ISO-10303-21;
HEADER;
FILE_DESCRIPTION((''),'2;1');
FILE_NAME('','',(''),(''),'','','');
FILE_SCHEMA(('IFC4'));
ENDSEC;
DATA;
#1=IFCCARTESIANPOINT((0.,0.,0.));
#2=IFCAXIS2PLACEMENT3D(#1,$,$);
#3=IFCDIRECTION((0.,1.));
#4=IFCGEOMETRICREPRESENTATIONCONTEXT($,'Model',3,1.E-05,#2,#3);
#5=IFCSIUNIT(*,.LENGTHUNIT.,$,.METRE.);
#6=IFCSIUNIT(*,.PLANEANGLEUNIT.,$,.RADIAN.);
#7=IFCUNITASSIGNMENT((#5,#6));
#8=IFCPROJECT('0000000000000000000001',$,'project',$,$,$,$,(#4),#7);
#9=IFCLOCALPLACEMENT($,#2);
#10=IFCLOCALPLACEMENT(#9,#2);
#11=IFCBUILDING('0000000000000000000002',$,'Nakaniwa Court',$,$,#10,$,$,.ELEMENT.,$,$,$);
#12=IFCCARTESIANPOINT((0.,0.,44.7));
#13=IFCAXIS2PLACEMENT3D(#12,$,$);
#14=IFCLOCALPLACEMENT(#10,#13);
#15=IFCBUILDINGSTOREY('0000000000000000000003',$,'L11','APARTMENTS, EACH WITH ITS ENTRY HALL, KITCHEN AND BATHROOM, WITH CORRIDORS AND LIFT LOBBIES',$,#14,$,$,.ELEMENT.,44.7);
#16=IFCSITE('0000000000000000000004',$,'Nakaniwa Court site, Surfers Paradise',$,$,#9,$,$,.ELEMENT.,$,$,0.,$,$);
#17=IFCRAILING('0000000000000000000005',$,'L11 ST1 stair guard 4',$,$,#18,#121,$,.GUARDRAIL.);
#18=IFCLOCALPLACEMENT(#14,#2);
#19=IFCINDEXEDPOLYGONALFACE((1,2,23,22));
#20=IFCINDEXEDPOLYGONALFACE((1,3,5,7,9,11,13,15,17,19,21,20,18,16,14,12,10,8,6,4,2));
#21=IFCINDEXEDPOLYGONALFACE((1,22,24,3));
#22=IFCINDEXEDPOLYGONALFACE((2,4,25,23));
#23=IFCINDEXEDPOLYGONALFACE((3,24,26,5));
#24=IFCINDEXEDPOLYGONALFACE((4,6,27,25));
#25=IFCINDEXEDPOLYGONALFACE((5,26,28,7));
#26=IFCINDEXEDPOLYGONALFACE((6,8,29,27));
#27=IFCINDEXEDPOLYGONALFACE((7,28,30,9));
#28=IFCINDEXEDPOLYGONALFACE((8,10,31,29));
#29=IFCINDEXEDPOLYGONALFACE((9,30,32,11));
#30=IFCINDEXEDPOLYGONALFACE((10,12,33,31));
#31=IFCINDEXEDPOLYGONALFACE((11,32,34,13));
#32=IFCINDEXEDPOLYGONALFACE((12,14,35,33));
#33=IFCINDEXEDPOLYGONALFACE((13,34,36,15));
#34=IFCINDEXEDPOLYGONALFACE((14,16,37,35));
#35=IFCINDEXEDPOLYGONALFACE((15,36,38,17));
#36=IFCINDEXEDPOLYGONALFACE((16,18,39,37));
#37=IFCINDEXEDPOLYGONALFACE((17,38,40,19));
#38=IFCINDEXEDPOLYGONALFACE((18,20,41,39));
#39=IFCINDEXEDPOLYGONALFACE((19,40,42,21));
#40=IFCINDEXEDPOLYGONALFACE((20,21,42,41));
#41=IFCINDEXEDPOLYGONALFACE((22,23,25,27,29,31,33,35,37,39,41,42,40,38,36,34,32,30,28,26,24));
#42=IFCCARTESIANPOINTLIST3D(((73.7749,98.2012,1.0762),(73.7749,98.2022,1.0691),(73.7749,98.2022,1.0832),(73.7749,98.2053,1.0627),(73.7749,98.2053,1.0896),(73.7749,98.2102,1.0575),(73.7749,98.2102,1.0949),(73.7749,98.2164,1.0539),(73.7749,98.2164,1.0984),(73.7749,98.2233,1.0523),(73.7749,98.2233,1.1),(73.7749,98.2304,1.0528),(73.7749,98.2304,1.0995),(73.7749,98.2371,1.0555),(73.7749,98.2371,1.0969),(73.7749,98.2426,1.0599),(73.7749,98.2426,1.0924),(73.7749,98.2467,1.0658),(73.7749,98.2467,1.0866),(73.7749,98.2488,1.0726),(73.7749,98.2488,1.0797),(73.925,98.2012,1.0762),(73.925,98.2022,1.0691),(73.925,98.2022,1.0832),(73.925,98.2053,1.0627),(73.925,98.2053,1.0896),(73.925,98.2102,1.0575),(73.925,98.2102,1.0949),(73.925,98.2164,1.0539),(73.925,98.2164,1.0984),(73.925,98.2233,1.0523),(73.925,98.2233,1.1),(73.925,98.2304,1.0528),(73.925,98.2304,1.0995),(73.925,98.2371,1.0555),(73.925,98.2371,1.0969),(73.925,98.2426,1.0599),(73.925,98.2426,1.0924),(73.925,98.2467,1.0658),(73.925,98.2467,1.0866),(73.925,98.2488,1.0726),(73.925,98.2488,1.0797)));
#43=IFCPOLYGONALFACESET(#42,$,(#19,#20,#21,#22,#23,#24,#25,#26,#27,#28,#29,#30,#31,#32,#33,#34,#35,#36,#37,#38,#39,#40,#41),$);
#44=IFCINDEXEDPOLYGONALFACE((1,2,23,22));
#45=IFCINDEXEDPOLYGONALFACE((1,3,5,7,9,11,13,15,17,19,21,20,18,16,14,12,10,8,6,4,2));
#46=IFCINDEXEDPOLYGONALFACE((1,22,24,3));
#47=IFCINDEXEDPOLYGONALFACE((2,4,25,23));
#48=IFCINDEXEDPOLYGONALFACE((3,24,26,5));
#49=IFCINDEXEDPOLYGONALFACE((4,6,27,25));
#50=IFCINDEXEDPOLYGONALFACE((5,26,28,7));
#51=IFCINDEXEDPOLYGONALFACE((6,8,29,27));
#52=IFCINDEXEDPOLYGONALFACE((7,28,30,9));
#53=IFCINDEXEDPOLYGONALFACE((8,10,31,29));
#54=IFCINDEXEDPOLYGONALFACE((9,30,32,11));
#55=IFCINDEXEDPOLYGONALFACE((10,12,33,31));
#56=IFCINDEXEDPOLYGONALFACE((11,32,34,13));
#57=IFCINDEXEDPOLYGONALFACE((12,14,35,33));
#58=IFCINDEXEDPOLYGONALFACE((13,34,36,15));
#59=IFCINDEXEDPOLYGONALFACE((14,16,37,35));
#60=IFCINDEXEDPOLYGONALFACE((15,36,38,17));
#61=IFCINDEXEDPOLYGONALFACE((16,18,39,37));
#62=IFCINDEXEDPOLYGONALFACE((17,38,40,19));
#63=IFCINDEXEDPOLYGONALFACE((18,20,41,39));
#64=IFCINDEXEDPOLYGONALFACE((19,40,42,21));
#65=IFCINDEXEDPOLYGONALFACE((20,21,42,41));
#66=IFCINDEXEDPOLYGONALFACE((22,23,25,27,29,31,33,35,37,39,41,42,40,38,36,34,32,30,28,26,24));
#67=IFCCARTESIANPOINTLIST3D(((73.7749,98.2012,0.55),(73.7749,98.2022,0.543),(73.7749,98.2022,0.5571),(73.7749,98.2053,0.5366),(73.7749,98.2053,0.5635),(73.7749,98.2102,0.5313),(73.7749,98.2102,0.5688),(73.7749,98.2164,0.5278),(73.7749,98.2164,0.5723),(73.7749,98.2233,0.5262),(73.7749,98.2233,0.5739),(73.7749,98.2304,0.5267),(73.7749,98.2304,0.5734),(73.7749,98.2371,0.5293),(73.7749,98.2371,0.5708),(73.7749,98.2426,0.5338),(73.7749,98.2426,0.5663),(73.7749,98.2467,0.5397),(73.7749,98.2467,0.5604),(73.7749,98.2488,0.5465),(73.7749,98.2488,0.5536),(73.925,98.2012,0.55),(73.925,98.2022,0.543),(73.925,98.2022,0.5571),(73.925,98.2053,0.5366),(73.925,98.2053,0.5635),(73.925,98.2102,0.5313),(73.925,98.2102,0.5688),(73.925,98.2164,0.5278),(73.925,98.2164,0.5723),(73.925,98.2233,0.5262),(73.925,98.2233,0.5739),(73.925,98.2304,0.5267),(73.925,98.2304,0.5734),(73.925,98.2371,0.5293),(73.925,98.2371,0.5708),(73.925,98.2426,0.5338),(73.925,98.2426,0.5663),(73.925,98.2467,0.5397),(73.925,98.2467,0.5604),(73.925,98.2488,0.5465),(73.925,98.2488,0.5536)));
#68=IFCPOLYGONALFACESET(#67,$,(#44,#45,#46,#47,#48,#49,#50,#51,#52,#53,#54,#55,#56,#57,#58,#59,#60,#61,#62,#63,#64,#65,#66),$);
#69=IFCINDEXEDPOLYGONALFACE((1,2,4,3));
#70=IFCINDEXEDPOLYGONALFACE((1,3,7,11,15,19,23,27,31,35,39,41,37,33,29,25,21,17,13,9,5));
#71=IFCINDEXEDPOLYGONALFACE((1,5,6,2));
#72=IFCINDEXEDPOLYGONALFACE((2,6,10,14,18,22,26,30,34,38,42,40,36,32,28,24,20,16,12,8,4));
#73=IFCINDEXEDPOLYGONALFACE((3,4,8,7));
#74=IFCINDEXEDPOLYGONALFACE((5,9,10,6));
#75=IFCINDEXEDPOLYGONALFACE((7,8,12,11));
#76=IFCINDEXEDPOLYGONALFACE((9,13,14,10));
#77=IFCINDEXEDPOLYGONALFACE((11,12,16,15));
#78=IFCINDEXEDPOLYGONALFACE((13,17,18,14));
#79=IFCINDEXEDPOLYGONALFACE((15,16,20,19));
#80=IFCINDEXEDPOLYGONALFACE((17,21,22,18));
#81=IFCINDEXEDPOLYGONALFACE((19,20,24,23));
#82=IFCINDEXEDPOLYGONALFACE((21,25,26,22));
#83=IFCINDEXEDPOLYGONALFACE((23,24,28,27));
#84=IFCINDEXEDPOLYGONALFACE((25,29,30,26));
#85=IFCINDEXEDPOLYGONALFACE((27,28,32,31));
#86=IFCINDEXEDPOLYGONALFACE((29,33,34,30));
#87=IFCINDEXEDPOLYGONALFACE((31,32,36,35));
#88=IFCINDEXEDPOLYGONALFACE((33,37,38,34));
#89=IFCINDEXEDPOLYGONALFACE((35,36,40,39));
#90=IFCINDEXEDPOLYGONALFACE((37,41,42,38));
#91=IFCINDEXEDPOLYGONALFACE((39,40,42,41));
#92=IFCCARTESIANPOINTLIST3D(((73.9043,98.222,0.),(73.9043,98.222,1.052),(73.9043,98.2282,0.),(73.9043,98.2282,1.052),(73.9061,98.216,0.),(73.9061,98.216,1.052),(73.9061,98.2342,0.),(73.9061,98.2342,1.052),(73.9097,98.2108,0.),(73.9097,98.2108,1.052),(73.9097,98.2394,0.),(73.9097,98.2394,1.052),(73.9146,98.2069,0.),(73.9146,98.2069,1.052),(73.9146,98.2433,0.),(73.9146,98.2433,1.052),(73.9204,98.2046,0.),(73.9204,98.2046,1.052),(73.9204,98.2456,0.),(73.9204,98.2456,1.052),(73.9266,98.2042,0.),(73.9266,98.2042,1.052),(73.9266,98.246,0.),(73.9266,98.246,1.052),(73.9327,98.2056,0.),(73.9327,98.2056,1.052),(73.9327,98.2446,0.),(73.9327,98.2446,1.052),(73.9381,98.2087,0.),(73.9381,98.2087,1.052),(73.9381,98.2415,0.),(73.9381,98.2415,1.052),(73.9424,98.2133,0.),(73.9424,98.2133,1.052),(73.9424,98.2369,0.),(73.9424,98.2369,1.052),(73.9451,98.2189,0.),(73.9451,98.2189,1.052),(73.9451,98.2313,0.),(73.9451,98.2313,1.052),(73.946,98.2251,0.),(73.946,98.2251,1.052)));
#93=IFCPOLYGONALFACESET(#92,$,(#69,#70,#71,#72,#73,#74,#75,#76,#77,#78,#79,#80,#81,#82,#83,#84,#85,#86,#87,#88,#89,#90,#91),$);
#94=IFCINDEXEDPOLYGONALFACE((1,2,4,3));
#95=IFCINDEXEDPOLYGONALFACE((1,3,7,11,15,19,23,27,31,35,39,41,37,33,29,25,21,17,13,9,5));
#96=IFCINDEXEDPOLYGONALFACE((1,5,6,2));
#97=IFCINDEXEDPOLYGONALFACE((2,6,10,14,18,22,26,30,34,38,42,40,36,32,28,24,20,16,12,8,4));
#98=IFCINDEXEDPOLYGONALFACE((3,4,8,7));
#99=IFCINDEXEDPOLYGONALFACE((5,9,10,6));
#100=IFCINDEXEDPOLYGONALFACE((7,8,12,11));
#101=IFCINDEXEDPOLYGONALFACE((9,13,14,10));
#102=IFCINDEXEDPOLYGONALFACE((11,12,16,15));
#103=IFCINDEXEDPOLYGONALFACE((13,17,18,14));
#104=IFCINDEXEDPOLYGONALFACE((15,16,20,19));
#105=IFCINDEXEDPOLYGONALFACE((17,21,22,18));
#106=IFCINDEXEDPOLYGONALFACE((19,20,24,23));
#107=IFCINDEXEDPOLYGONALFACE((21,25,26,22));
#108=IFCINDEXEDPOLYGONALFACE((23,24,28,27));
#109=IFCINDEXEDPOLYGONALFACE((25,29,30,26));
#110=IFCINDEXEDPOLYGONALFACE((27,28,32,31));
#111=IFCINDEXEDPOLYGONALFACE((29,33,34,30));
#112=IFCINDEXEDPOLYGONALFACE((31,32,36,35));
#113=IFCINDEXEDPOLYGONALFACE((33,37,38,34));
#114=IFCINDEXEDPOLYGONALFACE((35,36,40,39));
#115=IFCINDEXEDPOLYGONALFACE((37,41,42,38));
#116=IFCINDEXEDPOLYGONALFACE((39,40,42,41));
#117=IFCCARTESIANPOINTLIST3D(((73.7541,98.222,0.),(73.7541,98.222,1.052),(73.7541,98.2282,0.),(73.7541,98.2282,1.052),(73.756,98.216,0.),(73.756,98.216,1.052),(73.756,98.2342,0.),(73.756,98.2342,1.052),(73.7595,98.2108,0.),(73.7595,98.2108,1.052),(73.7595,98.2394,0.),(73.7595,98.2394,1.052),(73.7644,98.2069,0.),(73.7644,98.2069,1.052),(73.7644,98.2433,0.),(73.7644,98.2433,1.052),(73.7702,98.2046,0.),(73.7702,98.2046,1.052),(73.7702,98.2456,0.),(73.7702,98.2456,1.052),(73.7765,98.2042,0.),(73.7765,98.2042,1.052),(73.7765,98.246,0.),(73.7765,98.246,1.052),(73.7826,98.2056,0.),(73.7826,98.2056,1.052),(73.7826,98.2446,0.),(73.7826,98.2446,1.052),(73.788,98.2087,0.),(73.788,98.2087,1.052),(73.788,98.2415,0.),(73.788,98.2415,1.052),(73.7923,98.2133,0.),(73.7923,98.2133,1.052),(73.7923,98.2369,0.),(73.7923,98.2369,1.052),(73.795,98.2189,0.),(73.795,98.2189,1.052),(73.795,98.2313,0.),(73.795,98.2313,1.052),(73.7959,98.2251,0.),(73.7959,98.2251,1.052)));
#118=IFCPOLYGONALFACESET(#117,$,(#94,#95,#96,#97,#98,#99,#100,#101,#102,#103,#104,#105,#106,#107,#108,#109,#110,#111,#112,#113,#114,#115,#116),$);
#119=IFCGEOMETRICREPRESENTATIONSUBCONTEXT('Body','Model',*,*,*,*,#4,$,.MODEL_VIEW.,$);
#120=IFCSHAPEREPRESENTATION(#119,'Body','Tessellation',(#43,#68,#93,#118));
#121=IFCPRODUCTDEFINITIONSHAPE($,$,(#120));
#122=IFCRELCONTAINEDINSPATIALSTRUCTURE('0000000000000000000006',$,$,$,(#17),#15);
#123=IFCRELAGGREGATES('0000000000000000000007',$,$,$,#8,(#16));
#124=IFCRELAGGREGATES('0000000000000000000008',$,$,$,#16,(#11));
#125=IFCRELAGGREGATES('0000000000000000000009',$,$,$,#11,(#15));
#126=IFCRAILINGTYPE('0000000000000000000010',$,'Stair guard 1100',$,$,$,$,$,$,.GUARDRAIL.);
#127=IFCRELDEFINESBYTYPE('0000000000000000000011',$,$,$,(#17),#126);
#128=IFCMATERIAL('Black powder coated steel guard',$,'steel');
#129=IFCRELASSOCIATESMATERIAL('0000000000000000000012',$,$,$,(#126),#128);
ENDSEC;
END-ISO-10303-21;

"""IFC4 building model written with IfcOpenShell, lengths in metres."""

from ifc_helpers import new_model, si_unit, direction, frame, origin, origin_2d, place, context, subcontext, project, spatial, circle, extrude, material, type_object, element, save


model = new_model("IFC4")

# Units and contexts
model_context = context("Model", 3, precision=1e-05, world=origin(), true_north=direction((0.0, 1.0)))
body_context = subcontext(model_context, "Body", "Model", "MODEL_VIEW")
ifc_project = project(units=[si_unit("LENGTHUNIT", "METRE"), si_unit("PLANEANGLEUNIT", "RADIAN")], contexts=[model_context])

# Site, building, storey
site_placement = place(None, origin())
site = spatial("IfcSite", under=ifc_project, at=site_placement, Name="Nakaniwa Court site, Surfers Paradise", CompositionType="ELEMENT", RefElevation=0.0)
building_placement = place(site_placement, origin())
building = spatial("IfcBuilding", under=site, at=building_placement, Name="Nakaniwa Court", CompositionType="ELEMENT")
storey_placement = place(building_placement, frame((0.0, 0.0, 44.7)))
storey = spatial("IfcBuildingStorey", under=building, at=storey_placement, Name="L11", Description="APARTMENTS, EACH WITH ITS ENTRY HALL, KITCHEN AND BATHROOM, WITH CORRIDORS AND LIFT LOBBIES", CompositionType="ELEMENT", Elevation=44.7)

# Railing
ifc_material_1 = material(Name="Black powder coated steel guard", Category="steel")
railing_type_1 = type_object("IfcRailingType", Name="Stair guard 1100", PredefinedType="GUARDRAIL", material=ifc_material_1)
railing_1_placement = place(storey_placement, frame((73.925, 98.2251, 0.0)))
element("IfcRailing", 1, at=railing_1_placement, inside=storey, type_object=railing_type_1, Name="L11 ST1 stair guard 4", PredefinedType="GUARDRAIL", context=body_context, shape_type="SweptSolid", body=[
    extrude(circle(Radius=0.0239, at=origin_2d()), frame((0.0, 0.0, 1.0762), z_axis=(-1.0, 0.0, 0.0), x_axis=(0.0, -1.0, 0.0)), (0.0, 0.0, 1.0), 0.1501),
    extrude(circle(Radius=0.0239, at=origin_2d()), frame((0.0, 0.0, 0.55), z_axis=(-1.0, 0.0, 0.0), x_axis=(0.0, -1.0, 0.0)), (0.0, 0.0, 1.0), 0.1501),
    extrude(circle(Radius=0.021, at=origin_2d()), origin(), (0.0, 0.0, 1.0), 1.052),
    extrude(circle(Radius=0.021, at=origin_2d()), frame((-0.1501, 0.0, 0.0)), (0.0, 0.0, 1.0), 1.052),
])

save(model, "model.ifc")
